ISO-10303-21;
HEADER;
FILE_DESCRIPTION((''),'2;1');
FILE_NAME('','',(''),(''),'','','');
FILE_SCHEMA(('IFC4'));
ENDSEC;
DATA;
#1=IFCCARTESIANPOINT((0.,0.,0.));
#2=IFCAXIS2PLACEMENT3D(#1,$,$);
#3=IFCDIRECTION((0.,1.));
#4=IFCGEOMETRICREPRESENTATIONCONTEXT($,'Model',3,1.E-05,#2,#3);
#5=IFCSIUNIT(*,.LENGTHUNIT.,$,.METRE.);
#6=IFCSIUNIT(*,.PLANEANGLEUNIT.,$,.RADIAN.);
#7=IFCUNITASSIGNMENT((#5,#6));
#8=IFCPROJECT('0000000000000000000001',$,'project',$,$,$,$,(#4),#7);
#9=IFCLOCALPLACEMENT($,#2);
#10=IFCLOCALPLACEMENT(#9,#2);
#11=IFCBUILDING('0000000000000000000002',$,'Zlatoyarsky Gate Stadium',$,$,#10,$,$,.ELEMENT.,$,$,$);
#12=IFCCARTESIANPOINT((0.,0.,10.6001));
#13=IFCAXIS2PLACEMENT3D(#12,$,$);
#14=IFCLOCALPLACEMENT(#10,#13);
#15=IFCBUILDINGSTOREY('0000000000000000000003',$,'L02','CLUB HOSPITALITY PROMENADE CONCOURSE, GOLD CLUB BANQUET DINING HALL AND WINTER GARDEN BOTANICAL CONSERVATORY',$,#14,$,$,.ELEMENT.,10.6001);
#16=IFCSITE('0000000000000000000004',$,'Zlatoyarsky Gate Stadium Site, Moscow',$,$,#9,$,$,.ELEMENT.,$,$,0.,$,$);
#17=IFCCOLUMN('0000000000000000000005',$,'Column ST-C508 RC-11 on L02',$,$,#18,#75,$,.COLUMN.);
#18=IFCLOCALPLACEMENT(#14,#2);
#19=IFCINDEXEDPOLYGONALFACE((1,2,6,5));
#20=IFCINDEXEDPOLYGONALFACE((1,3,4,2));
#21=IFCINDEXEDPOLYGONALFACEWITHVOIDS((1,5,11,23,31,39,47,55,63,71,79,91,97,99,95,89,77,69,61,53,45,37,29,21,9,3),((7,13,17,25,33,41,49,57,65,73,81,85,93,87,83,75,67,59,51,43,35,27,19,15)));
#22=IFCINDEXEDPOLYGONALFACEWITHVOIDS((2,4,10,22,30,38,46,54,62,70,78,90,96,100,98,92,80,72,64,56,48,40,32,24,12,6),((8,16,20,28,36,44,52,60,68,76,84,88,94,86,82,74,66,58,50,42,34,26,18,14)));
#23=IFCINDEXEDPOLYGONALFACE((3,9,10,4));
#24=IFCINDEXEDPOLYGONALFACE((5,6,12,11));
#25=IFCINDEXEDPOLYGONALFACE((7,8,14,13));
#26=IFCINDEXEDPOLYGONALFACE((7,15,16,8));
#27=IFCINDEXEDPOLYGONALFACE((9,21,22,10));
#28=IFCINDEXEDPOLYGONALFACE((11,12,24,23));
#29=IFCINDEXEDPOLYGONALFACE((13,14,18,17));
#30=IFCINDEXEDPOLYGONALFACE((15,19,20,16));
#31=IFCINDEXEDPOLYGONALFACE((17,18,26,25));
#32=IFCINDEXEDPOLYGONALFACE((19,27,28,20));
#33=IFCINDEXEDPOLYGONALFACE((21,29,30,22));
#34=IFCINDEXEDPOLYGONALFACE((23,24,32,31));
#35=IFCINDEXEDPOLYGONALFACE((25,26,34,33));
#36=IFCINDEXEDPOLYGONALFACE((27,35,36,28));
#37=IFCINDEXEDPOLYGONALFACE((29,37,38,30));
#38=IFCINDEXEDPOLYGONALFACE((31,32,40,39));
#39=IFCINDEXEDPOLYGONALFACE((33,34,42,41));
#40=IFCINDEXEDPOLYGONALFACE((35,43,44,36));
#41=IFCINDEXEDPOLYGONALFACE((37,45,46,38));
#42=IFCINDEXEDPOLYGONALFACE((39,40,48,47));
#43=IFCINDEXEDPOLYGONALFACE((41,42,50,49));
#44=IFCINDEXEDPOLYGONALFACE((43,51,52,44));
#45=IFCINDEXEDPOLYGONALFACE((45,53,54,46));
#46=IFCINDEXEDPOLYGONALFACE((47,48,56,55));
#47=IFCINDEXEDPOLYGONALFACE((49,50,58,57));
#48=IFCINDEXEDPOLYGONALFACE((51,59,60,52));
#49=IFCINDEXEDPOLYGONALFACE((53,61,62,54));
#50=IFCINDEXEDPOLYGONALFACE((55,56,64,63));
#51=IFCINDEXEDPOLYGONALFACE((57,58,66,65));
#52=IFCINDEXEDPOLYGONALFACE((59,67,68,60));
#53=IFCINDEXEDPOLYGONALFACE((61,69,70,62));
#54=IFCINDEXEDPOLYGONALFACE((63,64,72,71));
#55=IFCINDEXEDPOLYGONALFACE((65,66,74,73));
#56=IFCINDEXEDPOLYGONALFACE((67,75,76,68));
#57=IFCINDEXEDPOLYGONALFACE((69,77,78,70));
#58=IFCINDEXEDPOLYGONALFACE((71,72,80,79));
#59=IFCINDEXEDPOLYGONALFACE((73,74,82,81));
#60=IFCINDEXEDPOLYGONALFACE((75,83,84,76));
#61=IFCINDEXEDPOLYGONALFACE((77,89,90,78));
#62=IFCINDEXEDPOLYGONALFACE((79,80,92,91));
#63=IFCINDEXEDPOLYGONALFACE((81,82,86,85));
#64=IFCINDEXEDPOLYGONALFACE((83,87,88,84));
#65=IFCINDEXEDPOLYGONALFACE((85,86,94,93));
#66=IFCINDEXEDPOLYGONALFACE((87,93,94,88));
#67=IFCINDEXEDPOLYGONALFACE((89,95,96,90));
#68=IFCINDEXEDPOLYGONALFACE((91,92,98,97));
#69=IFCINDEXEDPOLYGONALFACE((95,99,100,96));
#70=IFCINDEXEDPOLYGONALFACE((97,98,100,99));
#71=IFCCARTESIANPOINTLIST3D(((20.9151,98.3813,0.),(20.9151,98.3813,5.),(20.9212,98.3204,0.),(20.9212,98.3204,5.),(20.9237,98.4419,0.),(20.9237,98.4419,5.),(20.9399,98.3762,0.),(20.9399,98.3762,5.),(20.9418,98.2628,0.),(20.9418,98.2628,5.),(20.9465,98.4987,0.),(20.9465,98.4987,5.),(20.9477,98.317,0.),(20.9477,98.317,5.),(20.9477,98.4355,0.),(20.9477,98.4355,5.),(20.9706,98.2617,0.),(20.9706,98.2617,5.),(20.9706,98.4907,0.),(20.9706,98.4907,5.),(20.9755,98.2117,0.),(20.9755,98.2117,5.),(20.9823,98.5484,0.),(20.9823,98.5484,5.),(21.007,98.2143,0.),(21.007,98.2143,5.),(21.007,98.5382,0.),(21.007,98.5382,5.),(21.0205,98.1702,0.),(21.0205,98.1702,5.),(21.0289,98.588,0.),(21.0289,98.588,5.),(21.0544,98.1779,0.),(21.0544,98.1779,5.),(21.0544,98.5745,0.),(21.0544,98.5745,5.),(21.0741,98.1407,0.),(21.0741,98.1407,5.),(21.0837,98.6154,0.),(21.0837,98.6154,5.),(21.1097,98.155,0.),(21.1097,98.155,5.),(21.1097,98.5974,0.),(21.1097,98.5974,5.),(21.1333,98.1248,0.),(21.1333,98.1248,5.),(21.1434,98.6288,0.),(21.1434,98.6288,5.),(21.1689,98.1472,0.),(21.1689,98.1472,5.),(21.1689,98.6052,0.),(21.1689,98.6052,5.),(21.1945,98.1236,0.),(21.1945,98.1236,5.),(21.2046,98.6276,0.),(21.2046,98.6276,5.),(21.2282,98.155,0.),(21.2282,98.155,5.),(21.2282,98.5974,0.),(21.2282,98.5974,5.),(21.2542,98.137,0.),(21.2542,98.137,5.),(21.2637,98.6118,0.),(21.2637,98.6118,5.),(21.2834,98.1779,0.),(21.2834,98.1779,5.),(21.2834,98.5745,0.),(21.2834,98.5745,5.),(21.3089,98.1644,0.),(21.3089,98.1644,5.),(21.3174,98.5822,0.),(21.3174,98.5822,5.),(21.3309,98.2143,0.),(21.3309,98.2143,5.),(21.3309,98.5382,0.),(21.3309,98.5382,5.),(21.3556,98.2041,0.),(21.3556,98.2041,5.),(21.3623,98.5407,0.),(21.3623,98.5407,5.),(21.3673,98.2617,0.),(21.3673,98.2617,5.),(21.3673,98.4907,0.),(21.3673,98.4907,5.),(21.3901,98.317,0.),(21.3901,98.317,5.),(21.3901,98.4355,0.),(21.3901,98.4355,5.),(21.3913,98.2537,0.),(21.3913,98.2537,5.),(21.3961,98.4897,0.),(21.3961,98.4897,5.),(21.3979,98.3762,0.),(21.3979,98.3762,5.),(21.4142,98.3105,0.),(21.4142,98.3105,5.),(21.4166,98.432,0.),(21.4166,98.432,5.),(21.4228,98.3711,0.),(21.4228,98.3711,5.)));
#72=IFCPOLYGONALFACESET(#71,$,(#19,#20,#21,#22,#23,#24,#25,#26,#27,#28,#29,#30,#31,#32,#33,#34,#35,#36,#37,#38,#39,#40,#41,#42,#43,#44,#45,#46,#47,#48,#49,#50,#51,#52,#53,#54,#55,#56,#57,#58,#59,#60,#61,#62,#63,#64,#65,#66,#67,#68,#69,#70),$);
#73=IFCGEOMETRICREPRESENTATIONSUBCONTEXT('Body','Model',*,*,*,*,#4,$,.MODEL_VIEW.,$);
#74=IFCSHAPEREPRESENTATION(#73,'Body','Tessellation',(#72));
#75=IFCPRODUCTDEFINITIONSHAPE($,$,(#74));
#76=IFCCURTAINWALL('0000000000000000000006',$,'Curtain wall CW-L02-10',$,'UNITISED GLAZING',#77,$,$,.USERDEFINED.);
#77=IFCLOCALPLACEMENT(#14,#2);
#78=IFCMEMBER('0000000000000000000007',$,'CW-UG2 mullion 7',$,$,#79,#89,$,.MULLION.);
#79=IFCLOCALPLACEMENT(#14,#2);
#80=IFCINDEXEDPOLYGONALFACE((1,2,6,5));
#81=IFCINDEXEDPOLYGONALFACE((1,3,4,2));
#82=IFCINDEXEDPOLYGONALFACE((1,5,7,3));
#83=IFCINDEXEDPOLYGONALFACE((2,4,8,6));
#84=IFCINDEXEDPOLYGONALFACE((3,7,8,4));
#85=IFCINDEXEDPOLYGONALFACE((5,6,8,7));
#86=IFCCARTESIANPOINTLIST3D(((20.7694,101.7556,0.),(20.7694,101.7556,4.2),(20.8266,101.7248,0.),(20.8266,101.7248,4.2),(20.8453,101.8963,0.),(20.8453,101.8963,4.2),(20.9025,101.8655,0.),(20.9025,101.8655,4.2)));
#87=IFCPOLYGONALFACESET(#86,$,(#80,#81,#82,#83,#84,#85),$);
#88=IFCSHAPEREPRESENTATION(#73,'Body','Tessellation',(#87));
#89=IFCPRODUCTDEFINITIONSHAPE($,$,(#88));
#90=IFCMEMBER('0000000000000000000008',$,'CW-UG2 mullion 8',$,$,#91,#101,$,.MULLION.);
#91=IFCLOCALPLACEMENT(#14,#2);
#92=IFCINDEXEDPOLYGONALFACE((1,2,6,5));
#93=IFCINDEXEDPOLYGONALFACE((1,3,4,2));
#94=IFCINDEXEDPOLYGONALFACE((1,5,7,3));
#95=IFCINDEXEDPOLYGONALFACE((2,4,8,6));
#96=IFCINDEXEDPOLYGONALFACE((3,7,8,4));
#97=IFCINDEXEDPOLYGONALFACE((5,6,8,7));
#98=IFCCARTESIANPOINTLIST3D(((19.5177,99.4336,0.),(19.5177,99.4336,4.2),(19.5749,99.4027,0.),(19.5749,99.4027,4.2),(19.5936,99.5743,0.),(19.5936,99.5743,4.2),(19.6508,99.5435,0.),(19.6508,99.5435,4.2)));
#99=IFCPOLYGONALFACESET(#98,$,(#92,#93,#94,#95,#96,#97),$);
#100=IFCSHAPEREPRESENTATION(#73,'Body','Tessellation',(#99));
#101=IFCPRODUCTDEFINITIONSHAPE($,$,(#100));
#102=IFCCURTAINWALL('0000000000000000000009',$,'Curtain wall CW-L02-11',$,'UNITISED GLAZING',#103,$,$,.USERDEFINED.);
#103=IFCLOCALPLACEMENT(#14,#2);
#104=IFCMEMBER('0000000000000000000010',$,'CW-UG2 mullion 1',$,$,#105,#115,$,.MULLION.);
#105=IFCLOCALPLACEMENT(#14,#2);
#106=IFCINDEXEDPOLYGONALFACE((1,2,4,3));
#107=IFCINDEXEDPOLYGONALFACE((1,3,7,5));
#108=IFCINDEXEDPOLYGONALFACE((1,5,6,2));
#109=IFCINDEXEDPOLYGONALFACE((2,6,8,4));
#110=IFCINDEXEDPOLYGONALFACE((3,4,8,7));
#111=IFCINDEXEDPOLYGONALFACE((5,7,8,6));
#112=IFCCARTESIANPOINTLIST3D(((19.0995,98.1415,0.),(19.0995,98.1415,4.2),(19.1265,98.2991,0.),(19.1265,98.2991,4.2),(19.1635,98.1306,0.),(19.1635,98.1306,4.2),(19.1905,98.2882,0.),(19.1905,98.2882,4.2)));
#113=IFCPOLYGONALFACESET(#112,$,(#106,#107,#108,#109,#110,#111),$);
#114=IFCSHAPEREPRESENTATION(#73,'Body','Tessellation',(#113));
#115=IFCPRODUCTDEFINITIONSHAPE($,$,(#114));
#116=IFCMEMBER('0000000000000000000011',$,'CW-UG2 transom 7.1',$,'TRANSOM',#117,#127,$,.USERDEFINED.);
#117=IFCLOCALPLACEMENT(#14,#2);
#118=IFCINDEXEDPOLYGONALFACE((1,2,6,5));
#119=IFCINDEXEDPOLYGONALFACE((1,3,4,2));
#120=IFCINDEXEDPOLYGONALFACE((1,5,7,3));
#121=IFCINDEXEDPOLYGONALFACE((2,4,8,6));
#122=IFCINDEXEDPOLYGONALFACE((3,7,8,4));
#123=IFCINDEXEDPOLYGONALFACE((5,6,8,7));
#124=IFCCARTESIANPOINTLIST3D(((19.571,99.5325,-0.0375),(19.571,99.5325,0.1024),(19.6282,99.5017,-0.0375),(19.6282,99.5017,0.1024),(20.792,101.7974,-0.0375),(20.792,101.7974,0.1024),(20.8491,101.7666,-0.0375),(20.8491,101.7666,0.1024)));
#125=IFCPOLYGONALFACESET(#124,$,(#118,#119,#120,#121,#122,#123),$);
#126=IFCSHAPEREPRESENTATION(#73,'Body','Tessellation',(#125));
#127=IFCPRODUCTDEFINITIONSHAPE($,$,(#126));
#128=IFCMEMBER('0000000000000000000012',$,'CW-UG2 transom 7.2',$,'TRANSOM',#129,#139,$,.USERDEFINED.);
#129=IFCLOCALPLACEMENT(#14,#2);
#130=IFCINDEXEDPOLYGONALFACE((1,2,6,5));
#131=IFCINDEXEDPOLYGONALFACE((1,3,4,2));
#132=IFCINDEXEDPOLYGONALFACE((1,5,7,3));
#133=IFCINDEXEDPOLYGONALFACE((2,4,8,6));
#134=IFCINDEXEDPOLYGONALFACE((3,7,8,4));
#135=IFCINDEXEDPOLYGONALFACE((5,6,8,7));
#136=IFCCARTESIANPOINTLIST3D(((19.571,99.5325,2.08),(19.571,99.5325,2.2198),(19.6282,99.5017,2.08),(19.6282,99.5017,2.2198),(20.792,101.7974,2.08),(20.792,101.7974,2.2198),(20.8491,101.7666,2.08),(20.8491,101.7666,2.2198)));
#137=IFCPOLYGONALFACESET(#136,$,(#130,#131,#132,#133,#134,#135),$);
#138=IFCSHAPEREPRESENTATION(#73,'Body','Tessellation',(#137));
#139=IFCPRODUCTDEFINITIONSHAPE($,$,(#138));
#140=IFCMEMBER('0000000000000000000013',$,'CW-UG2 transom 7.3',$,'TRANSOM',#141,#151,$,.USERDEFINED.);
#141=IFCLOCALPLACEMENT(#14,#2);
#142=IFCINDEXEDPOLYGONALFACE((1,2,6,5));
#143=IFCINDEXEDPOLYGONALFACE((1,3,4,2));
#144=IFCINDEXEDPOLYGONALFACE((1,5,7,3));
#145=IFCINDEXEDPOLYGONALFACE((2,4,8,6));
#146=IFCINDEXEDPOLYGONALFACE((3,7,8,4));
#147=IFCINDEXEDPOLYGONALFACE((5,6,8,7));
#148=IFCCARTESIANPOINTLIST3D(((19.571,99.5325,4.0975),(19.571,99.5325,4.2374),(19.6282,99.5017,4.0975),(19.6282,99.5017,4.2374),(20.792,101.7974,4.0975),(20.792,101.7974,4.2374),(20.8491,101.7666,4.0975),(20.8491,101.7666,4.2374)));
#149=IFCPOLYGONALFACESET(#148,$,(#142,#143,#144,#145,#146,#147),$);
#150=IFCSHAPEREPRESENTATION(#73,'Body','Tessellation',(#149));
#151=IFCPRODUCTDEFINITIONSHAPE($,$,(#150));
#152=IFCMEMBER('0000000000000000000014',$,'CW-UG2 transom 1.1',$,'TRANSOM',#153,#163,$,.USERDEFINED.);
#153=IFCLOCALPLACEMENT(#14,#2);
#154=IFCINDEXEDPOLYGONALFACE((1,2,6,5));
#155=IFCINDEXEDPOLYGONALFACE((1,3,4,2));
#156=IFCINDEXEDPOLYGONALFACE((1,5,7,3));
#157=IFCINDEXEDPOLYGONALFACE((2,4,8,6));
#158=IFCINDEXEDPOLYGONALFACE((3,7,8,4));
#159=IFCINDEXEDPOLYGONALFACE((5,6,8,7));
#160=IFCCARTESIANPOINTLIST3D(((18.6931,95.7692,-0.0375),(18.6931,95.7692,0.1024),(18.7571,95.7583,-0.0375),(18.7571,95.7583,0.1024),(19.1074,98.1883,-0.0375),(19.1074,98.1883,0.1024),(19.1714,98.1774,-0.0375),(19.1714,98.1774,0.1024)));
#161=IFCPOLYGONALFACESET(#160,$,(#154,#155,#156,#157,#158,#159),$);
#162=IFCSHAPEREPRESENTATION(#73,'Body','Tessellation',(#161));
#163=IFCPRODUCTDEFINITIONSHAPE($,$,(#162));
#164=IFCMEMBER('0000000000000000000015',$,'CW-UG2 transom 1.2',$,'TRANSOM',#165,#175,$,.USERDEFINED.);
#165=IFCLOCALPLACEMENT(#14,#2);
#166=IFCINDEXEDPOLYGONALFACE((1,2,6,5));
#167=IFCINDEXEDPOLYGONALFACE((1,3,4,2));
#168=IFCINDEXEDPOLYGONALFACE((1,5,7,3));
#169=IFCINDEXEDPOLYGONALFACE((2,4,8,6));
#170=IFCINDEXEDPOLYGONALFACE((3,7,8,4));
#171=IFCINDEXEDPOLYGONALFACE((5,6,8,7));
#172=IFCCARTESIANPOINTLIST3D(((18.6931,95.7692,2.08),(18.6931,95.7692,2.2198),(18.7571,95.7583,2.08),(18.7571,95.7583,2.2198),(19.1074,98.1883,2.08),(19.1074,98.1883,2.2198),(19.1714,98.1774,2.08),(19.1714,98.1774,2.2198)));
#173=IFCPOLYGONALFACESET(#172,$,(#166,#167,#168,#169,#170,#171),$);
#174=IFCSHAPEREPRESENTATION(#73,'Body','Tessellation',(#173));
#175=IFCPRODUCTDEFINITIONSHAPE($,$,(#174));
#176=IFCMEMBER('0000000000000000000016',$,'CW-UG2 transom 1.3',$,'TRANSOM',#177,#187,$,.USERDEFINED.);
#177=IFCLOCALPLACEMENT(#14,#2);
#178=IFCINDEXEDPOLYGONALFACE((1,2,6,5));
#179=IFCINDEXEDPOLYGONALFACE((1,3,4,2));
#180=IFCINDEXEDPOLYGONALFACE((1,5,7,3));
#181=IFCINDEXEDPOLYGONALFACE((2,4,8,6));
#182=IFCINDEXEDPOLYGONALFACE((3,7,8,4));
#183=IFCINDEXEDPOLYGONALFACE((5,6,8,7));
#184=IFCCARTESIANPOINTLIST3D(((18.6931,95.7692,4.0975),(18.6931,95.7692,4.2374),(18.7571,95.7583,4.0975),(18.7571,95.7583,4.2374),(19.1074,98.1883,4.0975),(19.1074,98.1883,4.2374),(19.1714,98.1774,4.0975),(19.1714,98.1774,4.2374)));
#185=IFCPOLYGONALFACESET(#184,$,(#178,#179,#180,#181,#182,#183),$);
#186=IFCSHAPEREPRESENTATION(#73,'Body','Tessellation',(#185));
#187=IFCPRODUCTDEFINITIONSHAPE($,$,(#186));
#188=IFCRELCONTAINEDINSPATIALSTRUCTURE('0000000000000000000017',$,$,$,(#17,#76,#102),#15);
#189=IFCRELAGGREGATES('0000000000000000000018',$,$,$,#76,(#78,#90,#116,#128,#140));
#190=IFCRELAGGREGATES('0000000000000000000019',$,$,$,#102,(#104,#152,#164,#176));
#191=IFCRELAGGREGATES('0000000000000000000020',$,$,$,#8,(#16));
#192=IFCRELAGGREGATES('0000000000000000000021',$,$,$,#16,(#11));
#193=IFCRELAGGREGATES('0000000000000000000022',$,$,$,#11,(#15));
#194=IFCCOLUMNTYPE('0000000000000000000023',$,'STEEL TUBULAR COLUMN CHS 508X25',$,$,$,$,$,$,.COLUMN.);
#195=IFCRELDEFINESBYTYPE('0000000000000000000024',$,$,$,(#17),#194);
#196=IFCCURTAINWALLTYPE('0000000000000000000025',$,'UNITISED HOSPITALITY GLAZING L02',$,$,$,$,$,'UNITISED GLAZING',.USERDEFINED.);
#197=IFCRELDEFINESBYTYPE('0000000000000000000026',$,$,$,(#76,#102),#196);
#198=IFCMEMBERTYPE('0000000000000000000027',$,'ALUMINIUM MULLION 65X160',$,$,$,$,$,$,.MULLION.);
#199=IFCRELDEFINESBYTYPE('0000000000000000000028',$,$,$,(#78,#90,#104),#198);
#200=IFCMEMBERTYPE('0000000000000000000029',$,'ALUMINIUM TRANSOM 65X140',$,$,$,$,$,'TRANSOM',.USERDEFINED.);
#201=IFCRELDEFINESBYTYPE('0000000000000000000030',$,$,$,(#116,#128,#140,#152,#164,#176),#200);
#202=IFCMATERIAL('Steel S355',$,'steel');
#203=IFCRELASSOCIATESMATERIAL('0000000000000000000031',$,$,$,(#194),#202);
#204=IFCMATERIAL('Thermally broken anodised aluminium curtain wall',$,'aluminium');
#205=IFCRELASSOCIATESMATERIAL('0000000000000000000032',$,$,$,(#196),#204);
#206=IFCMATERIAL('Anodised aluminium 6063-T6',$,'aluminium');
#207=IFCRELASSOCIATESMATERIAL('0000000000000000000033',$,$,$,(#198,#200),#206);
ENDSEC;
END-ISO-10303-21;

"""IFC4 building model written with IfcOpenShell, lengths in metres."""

from ifc_helpers import new_model, si_unit, direction, frame, origin, origin_2d, place, context, subcontext, project, spatial, rectangle, hollow_circle, extrude, material, material_profile, profile_set, type_object, element, aggregate, save


model = new_model("IFC4")

# Units and contexts
model_context = context("Model", 3, precision=1e-05, world=origin(), true_north=direction((0.0, 1.0)))
body_context = subcontext(model_context, "Body", "Model", "MODEL_VIEW")
ifc_project = project(units=[si_unit("LENGTHUNIT", "METRE"), si_unit("PLANEANGLEUNIT", "RADIAN")], contexts=[model_context])

# Site, building, storey
site_placement = place(None, origin())
site = spatial("IfcSite", under=ifc_project, at=site_placement, Name="Zlatoyarsky Gate Stadium Site, Moscow", CompositionType="ELEMENT", RefElevation=0.0)
building_placement = place(site_placement, origin())
building = spatial("IfcBuilding", under=site, at=building_placement, Name="Zlatoyarsky Gate Stadium", CompositionType="ELEMENT")
storey_placement = place(building_placement, frame((0.0, 0.0, 10.6001)))
storey = spatial("IfcBuildingStorey", under=building, at=storey_placement, Name="L02", Description="CLUB HOSPITALITY PROMENADE CONCOURSE, GOLD CLUB BANQUET DINING HALL AND WINTER GARDEN BOTANICAL CONSERVATORY", CompositionType="ELEMENT", Elevation=10.6001)

# Column
ifc_material_1 = material(Name="Steel S355", Category="steel")
ifc_material_profile_1 = material_profile(ifc_material_1, hollow_circle(Radius=0.2539, WallThickness=0.0249, at=origin_2d()), Name="CHS 508X25")
ifc_profile_set_1 = profile_set([ifc_material_profile_1], Name="Steel S355")
column_type = type_object("IfcColumnType", Name="STEEL TUBULAR COLUMN CHS 508X25", PredefinedType="COLUMN", material=ifc_profile_set_1)
column_placement = place(storey_placement, frame((21.1689, 98.3762, 0.0), z_axis=(0.0, 0.0, 1.0), x_axis=(-0.965926, 0.258819, 0.0)))
element("IfcColumn", 1, at=column_placement, inside=storey, type_object=column_type, Name="Column ST-C508 RC-11 on L02", PredefinedType="COLUMN", context=body_context, shape_type="SweptSolid", body=[
    extrude(hollow_circle(Radius=0.2539, WallThickness=0.0249, at=origin_2d()), origin(), (0.0, 0.0, 1.0), 5.0),
])

# Curtain wall, members
ifc_material_2 = material(Name="Thermally broken anodised aluminium curtain wall", Category="aluminium")
curtain_wall_type = type_object("IfcCurtainWallType", Name="UNITISED HOSPITALITY GLAZING L02", ElementType="UNITISED GLAZING", PredefinedType="USERDEFINED", material=ifc_material_2)
curtain_wall_1_placement = place(storey_placement, origin())
curtain_wall_1 = element("IfcCurtainWall", 2, at=curtain_wall_1_placement, inside=storey, type_object=curtain_wall_type, Name="Curtain wall CW-L02-10", ObjectType="UNITISED GLAZING", PredefinedType="USERDEFINED")
ifc_material_3 = material(Name="Anodised aluminium 6063-T6", Category="aluminium")
ifc_material_profile_2 = material_profile(ifc_material_3, rectangle(XDim=0.0649, YDim=0.1599, at=origin_2d()), Name="ALU 65X160")
ifc_profile_set_2 = profile_set([ifc_material_profile_2], Name="Anodised aluminium 6063-T6")
member_type_1 = type_object("IfcMemberType", Name="ALUMINIUM MULLION 65X160", PredefinedType="MULLION", material=ifc_profile_set_2)
member_1_placement = place(storey_placement, frame((20.8359, 101.8105, 0.0), z_axis=(0.0, 0.0, 1.0), x_axis=(0.880236, -0.474536, 0.0)))
member_1 = element("IfcMember", 3, at=member_1_placement, type_object=member_type_1, Name="CW-UG2 mullion 7", PredefinedType="MULLION", context=body_context, shape_type="SweptSolid", body=[
    extrude(rectangle(XDim=0.0649, YDim=0.1599, at=origin_2d()), origin(), (0.0, 0.0, 1.0), 4.2),
])
member_2_placement = place(storey_placement, frame((19.5842, 99.4885, 0.0), z_axis=(0.0, 0.0, 1.0), x_axis=(0.880236, -0.474536, 0.0)))
member_2 = element("IfcMember", 4, at=member_2_placement, type_object=member_type_1, Name="CW-UG2 mullion 8", PredefinedType="MULLION", context=body_context, shape_type="SweptSolid", body=[
    extrude(rectangle(XDim=0.0649, YDim=0.1599, at=origin_2d()), origin(), (0.0, 0.0, 1.0), 4.2),
])

# Curtain wall, member
curtain_wall_2_placement = place(storey_placement, origin())
curtain_wall_2 = element("IfcCurtainWall", 5, at=curtain_wall_2_placement, inside=storey, type_object=curtain_wall_type, Name="Curtain wall CW-L02-11", ObjectType="UNITISED GLAZING", PredefinedType="USERDEFINED")
member_3_placement = place(storey_placement, frame((19.145, 98.2148, 0.0), z_axis=(0.0, 0.0, 1.0), x_axis=(0.985637, -0.168876, 0.0)))
member_3 = element("IfcMember", 6, at=member_3_placement, type_object=member_type_1, Name="CW-UG2 mullion 1", PredefinedType="MULLION", context=body_context, shape_type="SweptSolid", body=[
    extrude(rectangle(XDim=0.0649, YDim=0.1599, at=origin_2d()), origin(), (0.0, 0.0, 1.0), 4.2),
])

# Members
ifc_material_profile_3 = material_profile(ifc_material_3, rectangle(XDim=0.0649, YDim=0.1399, at=origin_2d()), Name="ALU 65X140")
ifc_profile_set_3 = profile_set([ifc_material_profile_3], Name="Anodised aluminium 6063-T6")
member_type_2 = type_object("IfcMemberType", Name="ALUMINIUM TRANSOM 65X140", ElementType="TRANSOM", PredefinedType="USERDEFINED", material=ifc_profile_set_3)
member_4_placement = place(storey_placement, frame((20.8206, 101.782, 0.0325), z_axis=(-0.474518, -0.880246, 0.0), x_axis=(0.880246, -0.474518, 0.0)))
member_4 = element("IfcMember", 7, at=member_4_placement, type_object=member_type_2, Name="CW-UG2 transom 7.1", ObjectType="TRANSOM", PredefinedType="USERDEFINED", context=body_context, shape_type="SweptSolid", body=[
    extrude(rectangle(XDim=0.0649, YDim=0.1399, at=origin_2d()), origin(), (0.0, 0.0, 1.0), 2.573),
])
member_5_placement = place(storey_placement, frame((20.8206, 101.782, 2.1499), z_axis=(-0.474518, -0.880246, 0.0), x_axis=(0.880246, -0.474518, 0.0)))
member_5 = element("IfcMember", 8, at=member_5_placement, type_object=member_type_2, Name="CW-UG2 transom 7.2", ObjectType="TRANSOM", PredefinedType="USERDEFINED", context=body_context, shape_type="SweptSolid", body=[
    extrude(rectangle(XDim=0.0649, YDim=0.1399, at=origin_2d()), origin(), (0.0, 0.0, 1.0), 2.573),
])
member_6_placement = place(storey_placement, frame((20.8206, 101.782, 4.1675), z_axis=(-0.474518, -0.880246, 0.0), x_axis=(0.880246, -0.474518, 0.0)))
member_6 = element("IfcMember", 9, at=member_6_placement, type_object=member_type_2, Name="CW-UG2 transom 7.3", ObjectType="TRANSOM", PredefinedType="USERDEFINED", context=body_context, shape_type="SweptSolid", body=[
    extrude(rectangle(XDim=0.0649, YDim=0.1399, at=origin_2d()), origin(), (0.0, 0.0, 1.0), 2.573),
])
member_7_placement = place(storey_placement, frame((19.1394, 98.1829, 0.0325), z_axis=(-0.168801, -0.98565, 0.0), x_axis=(0.98565, -0.168801, 0.0)))
member_7 = element("IfcMember", 10, at=member_7_placement, type_object=member_type_2, Name="CW-UG2 transom 1.1", ObjectType="TRANSOM", PredefinedType="USERDEFINED", context=body_context, shape_type="SweptSolid", body=[
    extrude(rectangle(XDim=0.0649, YDim=0.1399, at=origin_2d()), origin(), (0.0, 0.0, 1.0), 2.4543),
])
member_8_placement = place(storey_placement, frame((19.1394, 98.1829, 2.1499), z_axis=(-0.168801, -0.98565, 0.0), x_axis=(0.98565, -0.168801, 0.0)))
member_8 = element("IfcMember", 11, at=member_8_placement, type_object=member_type_2, Name="CW-UG2 transom 1.2", ObjectType="TRANSOM", PredefinedType="USERDEFINED", context=body_context, shape_type="SweptSolid", body=[
    extrude(rectangle(XDim=0.0649, YDim=0.1399, at=origin_2d()), origin(), (0.0, 0.0, 1.0), 2.4543),
])
member_9_placement = place(storey_placement, frame((19.1394, 98.1829, 4.1675), z_axis=(-0.168801, -0.98565, 0.0), x_axis=(0.98565, -0.168801, 0.0)))
member_9 = element("IfcMember", 12, at=member_9_placement, type_object=member_type_2, Name="CW-UG2 transom 1.3", ObjectType="TRANSOM", PredefinedType="USERDEFINED", context=body_context, shape_type="SweptSolid", body=[
    extrude(rectangle(XDim=0.0649, YDim=0.1399, at=origin_2d()), origin(), (0.0, 0.0, 1.0), 2.4543),
])

aggregate(curtain_wall_1, [member_1, member_2, member_4, member_5, member_6])
aggregate(curtain_wall_2, [member_3, member_7, member_8, member_9])

save(model, "model.ifc")
